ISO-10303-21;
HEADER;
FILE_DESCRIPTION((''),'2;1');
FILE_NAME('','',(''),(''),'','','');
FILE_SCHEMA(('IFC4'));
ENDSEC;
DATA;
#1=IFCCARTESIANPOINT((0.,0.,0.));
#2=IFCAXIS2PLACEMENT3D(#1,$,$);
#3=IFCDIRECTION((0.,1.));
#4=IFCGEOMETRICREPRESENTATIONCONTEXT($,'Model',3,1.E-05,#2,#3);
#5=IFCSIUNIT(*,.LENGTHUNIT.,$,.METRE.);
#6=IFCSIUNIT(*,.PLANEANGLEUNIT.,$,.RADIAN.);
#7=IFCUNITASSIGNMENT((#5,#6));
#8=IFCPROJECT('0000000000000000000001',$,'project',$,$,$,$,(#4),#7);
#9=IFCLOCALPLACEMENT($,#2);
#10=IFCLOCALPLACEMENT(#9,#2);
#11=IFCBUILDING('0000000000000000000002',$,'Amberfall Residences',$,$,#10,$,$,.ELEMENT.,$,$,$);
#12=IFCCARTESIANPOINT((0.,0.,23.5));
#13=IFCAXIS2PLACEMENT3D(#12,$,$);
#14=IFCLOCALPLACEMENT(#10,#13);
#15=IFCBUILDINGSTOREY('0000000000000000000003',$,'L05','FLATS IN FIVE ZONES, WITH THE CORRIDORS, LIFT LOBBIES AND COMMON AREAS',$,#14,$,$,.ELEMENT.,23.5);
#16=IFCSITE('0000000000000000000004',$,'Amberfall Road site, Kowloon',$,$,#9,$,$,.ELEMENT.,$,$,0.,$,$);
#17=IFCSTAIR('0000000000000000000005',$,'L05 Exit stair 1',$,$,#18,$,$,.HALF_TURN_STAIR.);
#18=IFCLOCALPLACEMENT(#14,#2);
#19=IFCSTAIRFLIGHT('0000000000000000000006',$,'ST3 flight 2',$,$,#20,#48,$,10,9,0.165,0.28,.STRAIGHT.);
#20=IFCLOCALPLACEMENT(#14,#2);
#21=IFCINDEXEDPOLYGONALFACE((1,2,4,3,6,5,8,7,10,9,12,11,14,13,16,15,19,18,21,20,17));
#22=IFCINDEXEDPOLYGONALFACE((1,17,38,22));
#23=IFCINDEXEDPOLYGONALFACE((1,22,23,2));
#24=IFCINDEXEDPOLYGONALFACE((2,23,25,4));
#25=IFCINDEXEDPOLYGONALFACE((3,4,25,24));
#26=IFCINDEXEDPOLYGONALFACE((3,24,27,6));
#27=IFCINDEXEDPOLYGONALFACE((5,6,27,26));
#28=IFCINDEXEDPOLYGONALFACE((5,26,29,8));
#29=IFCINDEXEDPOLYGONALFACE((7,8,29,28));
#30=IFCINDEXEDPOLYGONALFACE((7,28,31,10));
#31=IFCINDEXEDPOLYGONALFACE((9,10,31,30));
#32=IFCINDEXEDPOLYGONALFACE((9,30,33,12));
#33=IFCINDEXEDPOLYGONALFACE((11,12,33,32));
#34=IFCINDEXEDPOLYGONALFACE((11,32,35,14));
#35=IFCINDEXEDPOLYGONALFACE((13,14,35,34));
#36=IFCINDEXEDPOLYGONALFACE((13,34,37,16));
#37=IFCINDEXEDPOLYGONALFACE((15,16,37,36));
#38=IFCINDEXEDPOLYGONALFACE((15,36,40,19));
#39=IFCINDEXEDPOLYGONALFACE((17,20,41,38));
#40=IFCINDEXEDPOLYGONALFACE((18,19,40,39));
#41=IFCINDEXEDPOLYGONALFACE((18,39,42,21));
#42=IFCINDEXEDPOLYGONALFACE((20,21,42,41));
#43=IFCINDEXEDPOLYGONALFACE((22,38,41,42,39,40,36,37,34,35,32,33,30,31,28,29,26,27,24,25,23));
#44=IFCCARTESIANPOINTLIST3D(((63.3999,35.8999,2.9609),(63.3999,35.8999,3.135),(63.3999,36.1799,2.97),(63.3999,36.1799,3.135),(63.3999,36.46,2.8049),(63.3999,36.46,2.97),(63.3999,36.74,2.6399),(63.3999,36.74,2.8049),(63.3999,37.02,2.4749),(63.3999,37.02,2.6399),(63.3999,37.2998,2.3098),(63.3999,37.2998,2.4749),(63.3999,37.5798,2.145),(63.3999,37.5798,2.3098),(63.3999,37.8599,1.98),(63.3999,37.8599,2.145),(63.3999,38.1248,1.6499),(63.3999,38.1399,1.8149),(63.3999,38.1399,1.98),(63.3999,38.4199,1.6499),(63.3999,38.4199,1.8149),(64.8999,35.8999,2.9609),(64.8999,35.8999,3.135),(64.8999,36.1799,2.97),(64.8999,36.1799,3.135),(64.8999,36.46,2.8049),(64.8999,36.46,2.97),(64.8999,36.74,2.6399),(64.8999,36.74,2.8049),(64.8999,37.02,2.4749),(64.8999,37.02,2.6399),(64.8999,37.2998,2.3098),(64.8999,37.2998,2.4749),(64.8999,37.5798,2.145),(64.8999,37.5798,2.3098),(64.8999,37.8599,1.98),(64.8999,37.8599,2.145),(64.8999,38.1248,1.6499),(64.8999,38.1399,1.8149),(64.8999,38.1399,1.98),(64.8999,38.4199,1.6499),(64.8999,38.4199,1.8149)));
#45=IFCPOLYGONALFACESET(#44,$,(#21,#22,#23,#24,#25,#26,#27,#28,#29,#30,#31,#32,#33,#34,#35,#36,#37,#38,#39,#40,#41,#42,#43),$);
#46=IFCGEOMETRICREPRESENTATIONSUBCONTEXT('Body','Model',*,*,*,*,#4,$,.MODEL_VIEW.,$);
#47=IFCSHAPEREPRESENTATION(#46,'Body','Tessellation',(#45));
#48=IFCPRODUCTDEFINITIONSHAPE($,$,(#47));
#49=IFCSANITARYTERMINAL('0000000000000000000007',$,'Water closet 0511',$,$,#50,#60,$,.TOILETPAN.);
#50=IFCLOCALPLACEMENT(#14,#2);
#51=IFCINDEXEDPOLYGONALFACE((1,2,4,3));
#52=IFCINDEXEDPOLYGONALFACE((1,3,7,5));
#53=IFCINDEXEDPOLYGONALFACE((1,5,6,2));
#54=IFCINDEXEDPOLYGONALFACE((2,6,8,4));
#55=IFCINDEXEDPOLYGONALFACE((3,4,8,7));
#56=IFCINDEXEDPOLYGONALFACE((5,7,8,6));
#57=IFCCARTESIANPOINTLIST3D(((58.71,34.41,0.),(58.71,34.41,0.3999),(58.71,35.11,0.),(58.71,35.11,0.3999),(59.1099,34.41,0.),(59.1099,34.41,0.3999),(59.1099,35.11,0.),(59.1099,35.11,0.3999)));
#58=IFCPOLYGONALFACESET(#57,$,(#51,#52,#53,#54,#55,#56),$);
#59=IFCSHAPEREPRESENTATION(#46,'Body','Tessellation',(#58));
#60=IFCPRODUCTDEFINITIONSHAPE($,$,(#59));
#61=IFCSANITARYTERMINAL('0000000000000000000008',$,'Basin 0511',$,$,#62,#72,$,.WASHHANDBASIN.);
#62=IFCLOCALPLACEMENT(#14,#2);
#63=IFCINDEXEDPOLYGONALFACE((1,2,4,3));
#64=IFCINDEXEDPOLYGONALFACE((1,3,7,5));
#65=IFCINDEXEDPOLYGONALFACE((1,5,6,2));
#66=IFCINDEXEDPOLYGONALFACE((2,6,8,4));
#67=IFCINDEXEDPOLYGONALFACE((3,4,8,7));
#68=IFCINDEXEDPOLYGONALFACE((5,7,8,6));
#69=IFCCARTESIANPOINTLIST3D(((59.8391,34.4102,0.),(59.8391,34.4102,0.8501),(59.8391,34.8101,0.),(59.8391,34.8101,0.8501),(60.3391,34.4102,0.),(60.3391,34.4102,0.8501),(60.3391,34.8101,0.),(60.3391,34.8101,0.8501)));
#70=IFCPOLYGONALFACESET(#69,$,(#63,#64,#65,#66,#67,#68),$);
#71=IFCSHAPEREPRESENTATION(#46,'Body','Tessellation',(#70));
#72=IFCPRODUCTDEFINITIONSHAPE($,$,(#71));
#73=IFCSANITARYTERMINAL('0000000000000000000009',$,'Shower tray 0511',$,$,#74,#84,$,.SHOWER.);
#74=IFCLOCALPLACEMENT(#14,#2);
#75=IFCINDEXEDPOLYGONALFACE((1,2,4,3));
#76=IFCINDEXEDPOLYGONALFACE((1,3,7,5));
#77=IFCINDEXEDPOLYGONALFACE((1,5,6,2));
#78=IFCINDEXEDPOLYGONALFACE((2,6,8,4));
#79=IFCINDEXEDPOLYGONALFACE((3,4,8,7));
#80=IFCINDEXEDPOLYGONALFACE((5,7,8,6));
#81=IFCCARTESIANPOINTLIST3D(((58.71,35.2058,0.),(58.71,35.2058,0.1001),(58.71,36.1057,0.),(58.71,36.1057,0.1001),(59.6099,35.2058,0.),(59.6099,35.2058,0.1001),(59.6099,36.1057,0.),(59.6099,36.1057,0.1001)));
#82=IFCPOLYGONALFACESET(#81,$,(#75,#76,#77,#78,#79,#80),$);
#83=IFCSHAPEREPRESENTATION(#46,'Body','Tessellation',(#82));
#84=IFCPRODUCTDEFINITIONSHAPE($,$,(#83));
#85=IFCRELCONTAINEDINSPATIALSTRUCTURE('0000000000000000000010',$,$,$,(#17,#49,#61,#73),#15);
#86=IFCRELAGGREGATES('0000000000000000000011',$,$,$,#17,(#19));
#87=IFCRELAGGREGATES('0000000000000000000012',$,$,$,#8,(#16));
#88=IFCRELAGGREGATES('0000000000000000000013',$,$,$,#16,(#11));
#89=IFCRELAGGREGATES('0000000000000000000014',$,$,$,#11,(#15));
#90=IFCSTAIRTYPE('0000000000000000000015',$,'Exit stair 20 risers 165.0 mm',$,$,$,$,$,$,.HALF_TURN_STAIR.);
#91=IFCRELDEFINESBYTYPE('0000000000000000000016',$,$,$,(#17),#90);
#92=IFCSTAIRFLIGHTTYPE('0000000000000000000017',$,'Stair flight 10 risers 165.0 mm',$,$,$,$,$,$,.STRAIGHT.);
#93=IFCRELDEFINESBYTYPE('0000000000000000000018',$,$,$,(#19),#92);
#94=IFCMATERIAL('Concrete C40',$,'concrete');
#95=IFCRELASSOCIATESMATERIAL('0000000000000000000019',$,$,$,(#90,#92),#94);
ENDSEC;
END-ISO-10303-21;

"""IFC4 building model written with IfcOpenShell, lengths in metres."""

from ifc_helpers import new_model, si_unit, direction, frame, origin, origin_2d, place, context, subcontext, project, spatial, polyline, rectangle, outline, extrude, material, type_object, element, aggregate, save


model = new_model("IFC4")

# Units and contexts
model_context = context("Model", 3, precision=1e-05, world=origin(), true_north=direction((0.0, 1.0)))
body_context = subcontext(model_context, "Body", "Model", "MODEL_VIEW")
ifc_project = project(units=[si_unit("LENGTHUNIT", "METRE"), si_unit("PLANEANGLEUNIT", "RADIAN")], contexts=[model_context])

# Site, building, storey
site_placement = place(None, origin())
site = spatial("IfcSite", under=ifc_project, at=site_placement, Name="Amberfall Road site, Kowloon", CompositionType="ELEMENT", RefElevation=0.0)
building_placement = place(site_placement, origin())
building = spatial("IfcBuilding", under=site, at=building_placement, Name="Amberfall Residences", CompositionType="ELEMENT")
storey_placement = place(building_placement, frame((0.0, 0.0, 23.5)))
storey = spatial("IfcBuildingStorey", under=building, at=storey_placement, Name="L05", Description="FLATS IN FIVE ZONES, WITH THE CORRIDORS, LIFT LOBBIES AND COMMON AREAS", CompositionType="ELEMENT", Elevation=23.5)

# Stair, stair flight
ifc_material_1 = material(Name="Concrete C40", Category="concrete")
stair_type = type_object("IfcStairType", Name="Exit stair 20 risers 165.0 mm", PredefinedType="HALF_TURN_STAIR", material=ifc_material_1)
stair_placement = place(storey_placement, origin())
stair = element("IfcStair", 1, at=stair_placement, inside=storey, type_object=stair_type, Name="L05 Exit stair 1", PredefinedType="HALF_TURN_STAIR")
stair_flight_type = type_object("IfcStairFlightType", Name="Stair flight 10 risers 165.0 mm", PredefinedType="STRAIGHT", material=ifc_material_1)
stair_flight_placement = place(storey_placement, frame((64.1499, 38.4199, 1.6499), z_axis=(0.0, 0.0, 1.0), x_axis=(0.0, -1.0, 0.0)))
stair_flight = element("IfcStairFlight", 2, at=stair_flight_placement, type_object=stair_flight_type, Name="ST3 flight 2", NumberOfRisers=10, NumberOfTreads=9, PredefinedType="STRAIGHT", RiserHeight=0.165, TreadLength=0.28, context=body_context, shape_type="SweptSolid", body=[
    extrude(outline(polyline([(0.0, 0.0), (0.0, 0.165), (0.28, 0.165), (0.28, 0.3301), (0.5601, 0.3301), (0.5601, 0.4951), (0.8401, 0.4951), (0.8401, 0.6599), (1.1201, 0.6599), (1.1201, 0.825), (1.3999, 0.825), (1.3999, 0.99), (1.6799, 0.99), (1.6799, 1.155), (1.96, 1.155), (1.96, 1.3201), (2.24, 1.3201), (2.24, 1.4851), (2.52, 1.4851), (2.52, 1.6499), (2.52, 1.311), (0.2952, 0.0), (0.0, 0.0)])), frame((0.0, 0.75, 0.0), z_axis=(0.0, -1.0, 0.0), x_axis=(1.0, 0.0, 0.0)), (0.0, 0.0, 1.0), 1.5),
])
aggregate(stair, [stair_flight])

# Sanitary terminals
sanitary_terminal_1_placement = place(storey_placement, frame((58.9099, 34.76, 0.0), z_axis=(0.0, 0.0, 1.0), x_axis=(1.0, 0.0, 0.0)))
element("IfcSanitaryTerminal", 3, at=sanitary_terminal_1_placement, inside=storey, Name="Water closet 0511", PredefinedType="TOILETPAN", context=body_context, shape_type="SweptSolid", body=[
    extrude(rectangle(XDim=0.3999, YDim=0.7, at=origin_2d()), origin(), (0.0, 0.0, 1.0), 0.3999),
])
sanitary_terminal_2_placement = place(storey_placement, frame((60.0891, 34.6101, 0.0), z_axis=(0.0, 0.0, 1.0), x_axis=(1.0, 0.0, 0.0)))
element("IfcSanitaryTerminal", 4, at=sanitary_terminal_2_placement, inside=storey, Name="Basin 0511", PredefinedType="WASHHANDBASIN", context=body_context, shape_type="SweptSolid", body=[
    extrude(rectangle(XDim=0.5, YDim=0.3999, at=origin_2d()), origin(), (0.0, 0.0, 1.0), 0.8501),
])
sanitary_terminal_3_placement = place(storey_placement, frame((59.1599, 35.6558, 0.0), z_axis=(0.0, 0.0, 1.0), x_axis=(1.0, 0.0, 0.0)))
element("IfcSanitaryTerminal", 5, at=sanitary_terminal_3_placement, inside=storey, Name="Shower tray 0511", PredefinedType="SHOWER", context=body_context, shape_type="SweptSolid", body=[
    extrude(rectangle(XDim=0.8999, YDim=0.8999, at=origin_2d()), origin(), (0.0, 0.0, 1.0), 0.1001),
])

save(model, "model.ifc")
